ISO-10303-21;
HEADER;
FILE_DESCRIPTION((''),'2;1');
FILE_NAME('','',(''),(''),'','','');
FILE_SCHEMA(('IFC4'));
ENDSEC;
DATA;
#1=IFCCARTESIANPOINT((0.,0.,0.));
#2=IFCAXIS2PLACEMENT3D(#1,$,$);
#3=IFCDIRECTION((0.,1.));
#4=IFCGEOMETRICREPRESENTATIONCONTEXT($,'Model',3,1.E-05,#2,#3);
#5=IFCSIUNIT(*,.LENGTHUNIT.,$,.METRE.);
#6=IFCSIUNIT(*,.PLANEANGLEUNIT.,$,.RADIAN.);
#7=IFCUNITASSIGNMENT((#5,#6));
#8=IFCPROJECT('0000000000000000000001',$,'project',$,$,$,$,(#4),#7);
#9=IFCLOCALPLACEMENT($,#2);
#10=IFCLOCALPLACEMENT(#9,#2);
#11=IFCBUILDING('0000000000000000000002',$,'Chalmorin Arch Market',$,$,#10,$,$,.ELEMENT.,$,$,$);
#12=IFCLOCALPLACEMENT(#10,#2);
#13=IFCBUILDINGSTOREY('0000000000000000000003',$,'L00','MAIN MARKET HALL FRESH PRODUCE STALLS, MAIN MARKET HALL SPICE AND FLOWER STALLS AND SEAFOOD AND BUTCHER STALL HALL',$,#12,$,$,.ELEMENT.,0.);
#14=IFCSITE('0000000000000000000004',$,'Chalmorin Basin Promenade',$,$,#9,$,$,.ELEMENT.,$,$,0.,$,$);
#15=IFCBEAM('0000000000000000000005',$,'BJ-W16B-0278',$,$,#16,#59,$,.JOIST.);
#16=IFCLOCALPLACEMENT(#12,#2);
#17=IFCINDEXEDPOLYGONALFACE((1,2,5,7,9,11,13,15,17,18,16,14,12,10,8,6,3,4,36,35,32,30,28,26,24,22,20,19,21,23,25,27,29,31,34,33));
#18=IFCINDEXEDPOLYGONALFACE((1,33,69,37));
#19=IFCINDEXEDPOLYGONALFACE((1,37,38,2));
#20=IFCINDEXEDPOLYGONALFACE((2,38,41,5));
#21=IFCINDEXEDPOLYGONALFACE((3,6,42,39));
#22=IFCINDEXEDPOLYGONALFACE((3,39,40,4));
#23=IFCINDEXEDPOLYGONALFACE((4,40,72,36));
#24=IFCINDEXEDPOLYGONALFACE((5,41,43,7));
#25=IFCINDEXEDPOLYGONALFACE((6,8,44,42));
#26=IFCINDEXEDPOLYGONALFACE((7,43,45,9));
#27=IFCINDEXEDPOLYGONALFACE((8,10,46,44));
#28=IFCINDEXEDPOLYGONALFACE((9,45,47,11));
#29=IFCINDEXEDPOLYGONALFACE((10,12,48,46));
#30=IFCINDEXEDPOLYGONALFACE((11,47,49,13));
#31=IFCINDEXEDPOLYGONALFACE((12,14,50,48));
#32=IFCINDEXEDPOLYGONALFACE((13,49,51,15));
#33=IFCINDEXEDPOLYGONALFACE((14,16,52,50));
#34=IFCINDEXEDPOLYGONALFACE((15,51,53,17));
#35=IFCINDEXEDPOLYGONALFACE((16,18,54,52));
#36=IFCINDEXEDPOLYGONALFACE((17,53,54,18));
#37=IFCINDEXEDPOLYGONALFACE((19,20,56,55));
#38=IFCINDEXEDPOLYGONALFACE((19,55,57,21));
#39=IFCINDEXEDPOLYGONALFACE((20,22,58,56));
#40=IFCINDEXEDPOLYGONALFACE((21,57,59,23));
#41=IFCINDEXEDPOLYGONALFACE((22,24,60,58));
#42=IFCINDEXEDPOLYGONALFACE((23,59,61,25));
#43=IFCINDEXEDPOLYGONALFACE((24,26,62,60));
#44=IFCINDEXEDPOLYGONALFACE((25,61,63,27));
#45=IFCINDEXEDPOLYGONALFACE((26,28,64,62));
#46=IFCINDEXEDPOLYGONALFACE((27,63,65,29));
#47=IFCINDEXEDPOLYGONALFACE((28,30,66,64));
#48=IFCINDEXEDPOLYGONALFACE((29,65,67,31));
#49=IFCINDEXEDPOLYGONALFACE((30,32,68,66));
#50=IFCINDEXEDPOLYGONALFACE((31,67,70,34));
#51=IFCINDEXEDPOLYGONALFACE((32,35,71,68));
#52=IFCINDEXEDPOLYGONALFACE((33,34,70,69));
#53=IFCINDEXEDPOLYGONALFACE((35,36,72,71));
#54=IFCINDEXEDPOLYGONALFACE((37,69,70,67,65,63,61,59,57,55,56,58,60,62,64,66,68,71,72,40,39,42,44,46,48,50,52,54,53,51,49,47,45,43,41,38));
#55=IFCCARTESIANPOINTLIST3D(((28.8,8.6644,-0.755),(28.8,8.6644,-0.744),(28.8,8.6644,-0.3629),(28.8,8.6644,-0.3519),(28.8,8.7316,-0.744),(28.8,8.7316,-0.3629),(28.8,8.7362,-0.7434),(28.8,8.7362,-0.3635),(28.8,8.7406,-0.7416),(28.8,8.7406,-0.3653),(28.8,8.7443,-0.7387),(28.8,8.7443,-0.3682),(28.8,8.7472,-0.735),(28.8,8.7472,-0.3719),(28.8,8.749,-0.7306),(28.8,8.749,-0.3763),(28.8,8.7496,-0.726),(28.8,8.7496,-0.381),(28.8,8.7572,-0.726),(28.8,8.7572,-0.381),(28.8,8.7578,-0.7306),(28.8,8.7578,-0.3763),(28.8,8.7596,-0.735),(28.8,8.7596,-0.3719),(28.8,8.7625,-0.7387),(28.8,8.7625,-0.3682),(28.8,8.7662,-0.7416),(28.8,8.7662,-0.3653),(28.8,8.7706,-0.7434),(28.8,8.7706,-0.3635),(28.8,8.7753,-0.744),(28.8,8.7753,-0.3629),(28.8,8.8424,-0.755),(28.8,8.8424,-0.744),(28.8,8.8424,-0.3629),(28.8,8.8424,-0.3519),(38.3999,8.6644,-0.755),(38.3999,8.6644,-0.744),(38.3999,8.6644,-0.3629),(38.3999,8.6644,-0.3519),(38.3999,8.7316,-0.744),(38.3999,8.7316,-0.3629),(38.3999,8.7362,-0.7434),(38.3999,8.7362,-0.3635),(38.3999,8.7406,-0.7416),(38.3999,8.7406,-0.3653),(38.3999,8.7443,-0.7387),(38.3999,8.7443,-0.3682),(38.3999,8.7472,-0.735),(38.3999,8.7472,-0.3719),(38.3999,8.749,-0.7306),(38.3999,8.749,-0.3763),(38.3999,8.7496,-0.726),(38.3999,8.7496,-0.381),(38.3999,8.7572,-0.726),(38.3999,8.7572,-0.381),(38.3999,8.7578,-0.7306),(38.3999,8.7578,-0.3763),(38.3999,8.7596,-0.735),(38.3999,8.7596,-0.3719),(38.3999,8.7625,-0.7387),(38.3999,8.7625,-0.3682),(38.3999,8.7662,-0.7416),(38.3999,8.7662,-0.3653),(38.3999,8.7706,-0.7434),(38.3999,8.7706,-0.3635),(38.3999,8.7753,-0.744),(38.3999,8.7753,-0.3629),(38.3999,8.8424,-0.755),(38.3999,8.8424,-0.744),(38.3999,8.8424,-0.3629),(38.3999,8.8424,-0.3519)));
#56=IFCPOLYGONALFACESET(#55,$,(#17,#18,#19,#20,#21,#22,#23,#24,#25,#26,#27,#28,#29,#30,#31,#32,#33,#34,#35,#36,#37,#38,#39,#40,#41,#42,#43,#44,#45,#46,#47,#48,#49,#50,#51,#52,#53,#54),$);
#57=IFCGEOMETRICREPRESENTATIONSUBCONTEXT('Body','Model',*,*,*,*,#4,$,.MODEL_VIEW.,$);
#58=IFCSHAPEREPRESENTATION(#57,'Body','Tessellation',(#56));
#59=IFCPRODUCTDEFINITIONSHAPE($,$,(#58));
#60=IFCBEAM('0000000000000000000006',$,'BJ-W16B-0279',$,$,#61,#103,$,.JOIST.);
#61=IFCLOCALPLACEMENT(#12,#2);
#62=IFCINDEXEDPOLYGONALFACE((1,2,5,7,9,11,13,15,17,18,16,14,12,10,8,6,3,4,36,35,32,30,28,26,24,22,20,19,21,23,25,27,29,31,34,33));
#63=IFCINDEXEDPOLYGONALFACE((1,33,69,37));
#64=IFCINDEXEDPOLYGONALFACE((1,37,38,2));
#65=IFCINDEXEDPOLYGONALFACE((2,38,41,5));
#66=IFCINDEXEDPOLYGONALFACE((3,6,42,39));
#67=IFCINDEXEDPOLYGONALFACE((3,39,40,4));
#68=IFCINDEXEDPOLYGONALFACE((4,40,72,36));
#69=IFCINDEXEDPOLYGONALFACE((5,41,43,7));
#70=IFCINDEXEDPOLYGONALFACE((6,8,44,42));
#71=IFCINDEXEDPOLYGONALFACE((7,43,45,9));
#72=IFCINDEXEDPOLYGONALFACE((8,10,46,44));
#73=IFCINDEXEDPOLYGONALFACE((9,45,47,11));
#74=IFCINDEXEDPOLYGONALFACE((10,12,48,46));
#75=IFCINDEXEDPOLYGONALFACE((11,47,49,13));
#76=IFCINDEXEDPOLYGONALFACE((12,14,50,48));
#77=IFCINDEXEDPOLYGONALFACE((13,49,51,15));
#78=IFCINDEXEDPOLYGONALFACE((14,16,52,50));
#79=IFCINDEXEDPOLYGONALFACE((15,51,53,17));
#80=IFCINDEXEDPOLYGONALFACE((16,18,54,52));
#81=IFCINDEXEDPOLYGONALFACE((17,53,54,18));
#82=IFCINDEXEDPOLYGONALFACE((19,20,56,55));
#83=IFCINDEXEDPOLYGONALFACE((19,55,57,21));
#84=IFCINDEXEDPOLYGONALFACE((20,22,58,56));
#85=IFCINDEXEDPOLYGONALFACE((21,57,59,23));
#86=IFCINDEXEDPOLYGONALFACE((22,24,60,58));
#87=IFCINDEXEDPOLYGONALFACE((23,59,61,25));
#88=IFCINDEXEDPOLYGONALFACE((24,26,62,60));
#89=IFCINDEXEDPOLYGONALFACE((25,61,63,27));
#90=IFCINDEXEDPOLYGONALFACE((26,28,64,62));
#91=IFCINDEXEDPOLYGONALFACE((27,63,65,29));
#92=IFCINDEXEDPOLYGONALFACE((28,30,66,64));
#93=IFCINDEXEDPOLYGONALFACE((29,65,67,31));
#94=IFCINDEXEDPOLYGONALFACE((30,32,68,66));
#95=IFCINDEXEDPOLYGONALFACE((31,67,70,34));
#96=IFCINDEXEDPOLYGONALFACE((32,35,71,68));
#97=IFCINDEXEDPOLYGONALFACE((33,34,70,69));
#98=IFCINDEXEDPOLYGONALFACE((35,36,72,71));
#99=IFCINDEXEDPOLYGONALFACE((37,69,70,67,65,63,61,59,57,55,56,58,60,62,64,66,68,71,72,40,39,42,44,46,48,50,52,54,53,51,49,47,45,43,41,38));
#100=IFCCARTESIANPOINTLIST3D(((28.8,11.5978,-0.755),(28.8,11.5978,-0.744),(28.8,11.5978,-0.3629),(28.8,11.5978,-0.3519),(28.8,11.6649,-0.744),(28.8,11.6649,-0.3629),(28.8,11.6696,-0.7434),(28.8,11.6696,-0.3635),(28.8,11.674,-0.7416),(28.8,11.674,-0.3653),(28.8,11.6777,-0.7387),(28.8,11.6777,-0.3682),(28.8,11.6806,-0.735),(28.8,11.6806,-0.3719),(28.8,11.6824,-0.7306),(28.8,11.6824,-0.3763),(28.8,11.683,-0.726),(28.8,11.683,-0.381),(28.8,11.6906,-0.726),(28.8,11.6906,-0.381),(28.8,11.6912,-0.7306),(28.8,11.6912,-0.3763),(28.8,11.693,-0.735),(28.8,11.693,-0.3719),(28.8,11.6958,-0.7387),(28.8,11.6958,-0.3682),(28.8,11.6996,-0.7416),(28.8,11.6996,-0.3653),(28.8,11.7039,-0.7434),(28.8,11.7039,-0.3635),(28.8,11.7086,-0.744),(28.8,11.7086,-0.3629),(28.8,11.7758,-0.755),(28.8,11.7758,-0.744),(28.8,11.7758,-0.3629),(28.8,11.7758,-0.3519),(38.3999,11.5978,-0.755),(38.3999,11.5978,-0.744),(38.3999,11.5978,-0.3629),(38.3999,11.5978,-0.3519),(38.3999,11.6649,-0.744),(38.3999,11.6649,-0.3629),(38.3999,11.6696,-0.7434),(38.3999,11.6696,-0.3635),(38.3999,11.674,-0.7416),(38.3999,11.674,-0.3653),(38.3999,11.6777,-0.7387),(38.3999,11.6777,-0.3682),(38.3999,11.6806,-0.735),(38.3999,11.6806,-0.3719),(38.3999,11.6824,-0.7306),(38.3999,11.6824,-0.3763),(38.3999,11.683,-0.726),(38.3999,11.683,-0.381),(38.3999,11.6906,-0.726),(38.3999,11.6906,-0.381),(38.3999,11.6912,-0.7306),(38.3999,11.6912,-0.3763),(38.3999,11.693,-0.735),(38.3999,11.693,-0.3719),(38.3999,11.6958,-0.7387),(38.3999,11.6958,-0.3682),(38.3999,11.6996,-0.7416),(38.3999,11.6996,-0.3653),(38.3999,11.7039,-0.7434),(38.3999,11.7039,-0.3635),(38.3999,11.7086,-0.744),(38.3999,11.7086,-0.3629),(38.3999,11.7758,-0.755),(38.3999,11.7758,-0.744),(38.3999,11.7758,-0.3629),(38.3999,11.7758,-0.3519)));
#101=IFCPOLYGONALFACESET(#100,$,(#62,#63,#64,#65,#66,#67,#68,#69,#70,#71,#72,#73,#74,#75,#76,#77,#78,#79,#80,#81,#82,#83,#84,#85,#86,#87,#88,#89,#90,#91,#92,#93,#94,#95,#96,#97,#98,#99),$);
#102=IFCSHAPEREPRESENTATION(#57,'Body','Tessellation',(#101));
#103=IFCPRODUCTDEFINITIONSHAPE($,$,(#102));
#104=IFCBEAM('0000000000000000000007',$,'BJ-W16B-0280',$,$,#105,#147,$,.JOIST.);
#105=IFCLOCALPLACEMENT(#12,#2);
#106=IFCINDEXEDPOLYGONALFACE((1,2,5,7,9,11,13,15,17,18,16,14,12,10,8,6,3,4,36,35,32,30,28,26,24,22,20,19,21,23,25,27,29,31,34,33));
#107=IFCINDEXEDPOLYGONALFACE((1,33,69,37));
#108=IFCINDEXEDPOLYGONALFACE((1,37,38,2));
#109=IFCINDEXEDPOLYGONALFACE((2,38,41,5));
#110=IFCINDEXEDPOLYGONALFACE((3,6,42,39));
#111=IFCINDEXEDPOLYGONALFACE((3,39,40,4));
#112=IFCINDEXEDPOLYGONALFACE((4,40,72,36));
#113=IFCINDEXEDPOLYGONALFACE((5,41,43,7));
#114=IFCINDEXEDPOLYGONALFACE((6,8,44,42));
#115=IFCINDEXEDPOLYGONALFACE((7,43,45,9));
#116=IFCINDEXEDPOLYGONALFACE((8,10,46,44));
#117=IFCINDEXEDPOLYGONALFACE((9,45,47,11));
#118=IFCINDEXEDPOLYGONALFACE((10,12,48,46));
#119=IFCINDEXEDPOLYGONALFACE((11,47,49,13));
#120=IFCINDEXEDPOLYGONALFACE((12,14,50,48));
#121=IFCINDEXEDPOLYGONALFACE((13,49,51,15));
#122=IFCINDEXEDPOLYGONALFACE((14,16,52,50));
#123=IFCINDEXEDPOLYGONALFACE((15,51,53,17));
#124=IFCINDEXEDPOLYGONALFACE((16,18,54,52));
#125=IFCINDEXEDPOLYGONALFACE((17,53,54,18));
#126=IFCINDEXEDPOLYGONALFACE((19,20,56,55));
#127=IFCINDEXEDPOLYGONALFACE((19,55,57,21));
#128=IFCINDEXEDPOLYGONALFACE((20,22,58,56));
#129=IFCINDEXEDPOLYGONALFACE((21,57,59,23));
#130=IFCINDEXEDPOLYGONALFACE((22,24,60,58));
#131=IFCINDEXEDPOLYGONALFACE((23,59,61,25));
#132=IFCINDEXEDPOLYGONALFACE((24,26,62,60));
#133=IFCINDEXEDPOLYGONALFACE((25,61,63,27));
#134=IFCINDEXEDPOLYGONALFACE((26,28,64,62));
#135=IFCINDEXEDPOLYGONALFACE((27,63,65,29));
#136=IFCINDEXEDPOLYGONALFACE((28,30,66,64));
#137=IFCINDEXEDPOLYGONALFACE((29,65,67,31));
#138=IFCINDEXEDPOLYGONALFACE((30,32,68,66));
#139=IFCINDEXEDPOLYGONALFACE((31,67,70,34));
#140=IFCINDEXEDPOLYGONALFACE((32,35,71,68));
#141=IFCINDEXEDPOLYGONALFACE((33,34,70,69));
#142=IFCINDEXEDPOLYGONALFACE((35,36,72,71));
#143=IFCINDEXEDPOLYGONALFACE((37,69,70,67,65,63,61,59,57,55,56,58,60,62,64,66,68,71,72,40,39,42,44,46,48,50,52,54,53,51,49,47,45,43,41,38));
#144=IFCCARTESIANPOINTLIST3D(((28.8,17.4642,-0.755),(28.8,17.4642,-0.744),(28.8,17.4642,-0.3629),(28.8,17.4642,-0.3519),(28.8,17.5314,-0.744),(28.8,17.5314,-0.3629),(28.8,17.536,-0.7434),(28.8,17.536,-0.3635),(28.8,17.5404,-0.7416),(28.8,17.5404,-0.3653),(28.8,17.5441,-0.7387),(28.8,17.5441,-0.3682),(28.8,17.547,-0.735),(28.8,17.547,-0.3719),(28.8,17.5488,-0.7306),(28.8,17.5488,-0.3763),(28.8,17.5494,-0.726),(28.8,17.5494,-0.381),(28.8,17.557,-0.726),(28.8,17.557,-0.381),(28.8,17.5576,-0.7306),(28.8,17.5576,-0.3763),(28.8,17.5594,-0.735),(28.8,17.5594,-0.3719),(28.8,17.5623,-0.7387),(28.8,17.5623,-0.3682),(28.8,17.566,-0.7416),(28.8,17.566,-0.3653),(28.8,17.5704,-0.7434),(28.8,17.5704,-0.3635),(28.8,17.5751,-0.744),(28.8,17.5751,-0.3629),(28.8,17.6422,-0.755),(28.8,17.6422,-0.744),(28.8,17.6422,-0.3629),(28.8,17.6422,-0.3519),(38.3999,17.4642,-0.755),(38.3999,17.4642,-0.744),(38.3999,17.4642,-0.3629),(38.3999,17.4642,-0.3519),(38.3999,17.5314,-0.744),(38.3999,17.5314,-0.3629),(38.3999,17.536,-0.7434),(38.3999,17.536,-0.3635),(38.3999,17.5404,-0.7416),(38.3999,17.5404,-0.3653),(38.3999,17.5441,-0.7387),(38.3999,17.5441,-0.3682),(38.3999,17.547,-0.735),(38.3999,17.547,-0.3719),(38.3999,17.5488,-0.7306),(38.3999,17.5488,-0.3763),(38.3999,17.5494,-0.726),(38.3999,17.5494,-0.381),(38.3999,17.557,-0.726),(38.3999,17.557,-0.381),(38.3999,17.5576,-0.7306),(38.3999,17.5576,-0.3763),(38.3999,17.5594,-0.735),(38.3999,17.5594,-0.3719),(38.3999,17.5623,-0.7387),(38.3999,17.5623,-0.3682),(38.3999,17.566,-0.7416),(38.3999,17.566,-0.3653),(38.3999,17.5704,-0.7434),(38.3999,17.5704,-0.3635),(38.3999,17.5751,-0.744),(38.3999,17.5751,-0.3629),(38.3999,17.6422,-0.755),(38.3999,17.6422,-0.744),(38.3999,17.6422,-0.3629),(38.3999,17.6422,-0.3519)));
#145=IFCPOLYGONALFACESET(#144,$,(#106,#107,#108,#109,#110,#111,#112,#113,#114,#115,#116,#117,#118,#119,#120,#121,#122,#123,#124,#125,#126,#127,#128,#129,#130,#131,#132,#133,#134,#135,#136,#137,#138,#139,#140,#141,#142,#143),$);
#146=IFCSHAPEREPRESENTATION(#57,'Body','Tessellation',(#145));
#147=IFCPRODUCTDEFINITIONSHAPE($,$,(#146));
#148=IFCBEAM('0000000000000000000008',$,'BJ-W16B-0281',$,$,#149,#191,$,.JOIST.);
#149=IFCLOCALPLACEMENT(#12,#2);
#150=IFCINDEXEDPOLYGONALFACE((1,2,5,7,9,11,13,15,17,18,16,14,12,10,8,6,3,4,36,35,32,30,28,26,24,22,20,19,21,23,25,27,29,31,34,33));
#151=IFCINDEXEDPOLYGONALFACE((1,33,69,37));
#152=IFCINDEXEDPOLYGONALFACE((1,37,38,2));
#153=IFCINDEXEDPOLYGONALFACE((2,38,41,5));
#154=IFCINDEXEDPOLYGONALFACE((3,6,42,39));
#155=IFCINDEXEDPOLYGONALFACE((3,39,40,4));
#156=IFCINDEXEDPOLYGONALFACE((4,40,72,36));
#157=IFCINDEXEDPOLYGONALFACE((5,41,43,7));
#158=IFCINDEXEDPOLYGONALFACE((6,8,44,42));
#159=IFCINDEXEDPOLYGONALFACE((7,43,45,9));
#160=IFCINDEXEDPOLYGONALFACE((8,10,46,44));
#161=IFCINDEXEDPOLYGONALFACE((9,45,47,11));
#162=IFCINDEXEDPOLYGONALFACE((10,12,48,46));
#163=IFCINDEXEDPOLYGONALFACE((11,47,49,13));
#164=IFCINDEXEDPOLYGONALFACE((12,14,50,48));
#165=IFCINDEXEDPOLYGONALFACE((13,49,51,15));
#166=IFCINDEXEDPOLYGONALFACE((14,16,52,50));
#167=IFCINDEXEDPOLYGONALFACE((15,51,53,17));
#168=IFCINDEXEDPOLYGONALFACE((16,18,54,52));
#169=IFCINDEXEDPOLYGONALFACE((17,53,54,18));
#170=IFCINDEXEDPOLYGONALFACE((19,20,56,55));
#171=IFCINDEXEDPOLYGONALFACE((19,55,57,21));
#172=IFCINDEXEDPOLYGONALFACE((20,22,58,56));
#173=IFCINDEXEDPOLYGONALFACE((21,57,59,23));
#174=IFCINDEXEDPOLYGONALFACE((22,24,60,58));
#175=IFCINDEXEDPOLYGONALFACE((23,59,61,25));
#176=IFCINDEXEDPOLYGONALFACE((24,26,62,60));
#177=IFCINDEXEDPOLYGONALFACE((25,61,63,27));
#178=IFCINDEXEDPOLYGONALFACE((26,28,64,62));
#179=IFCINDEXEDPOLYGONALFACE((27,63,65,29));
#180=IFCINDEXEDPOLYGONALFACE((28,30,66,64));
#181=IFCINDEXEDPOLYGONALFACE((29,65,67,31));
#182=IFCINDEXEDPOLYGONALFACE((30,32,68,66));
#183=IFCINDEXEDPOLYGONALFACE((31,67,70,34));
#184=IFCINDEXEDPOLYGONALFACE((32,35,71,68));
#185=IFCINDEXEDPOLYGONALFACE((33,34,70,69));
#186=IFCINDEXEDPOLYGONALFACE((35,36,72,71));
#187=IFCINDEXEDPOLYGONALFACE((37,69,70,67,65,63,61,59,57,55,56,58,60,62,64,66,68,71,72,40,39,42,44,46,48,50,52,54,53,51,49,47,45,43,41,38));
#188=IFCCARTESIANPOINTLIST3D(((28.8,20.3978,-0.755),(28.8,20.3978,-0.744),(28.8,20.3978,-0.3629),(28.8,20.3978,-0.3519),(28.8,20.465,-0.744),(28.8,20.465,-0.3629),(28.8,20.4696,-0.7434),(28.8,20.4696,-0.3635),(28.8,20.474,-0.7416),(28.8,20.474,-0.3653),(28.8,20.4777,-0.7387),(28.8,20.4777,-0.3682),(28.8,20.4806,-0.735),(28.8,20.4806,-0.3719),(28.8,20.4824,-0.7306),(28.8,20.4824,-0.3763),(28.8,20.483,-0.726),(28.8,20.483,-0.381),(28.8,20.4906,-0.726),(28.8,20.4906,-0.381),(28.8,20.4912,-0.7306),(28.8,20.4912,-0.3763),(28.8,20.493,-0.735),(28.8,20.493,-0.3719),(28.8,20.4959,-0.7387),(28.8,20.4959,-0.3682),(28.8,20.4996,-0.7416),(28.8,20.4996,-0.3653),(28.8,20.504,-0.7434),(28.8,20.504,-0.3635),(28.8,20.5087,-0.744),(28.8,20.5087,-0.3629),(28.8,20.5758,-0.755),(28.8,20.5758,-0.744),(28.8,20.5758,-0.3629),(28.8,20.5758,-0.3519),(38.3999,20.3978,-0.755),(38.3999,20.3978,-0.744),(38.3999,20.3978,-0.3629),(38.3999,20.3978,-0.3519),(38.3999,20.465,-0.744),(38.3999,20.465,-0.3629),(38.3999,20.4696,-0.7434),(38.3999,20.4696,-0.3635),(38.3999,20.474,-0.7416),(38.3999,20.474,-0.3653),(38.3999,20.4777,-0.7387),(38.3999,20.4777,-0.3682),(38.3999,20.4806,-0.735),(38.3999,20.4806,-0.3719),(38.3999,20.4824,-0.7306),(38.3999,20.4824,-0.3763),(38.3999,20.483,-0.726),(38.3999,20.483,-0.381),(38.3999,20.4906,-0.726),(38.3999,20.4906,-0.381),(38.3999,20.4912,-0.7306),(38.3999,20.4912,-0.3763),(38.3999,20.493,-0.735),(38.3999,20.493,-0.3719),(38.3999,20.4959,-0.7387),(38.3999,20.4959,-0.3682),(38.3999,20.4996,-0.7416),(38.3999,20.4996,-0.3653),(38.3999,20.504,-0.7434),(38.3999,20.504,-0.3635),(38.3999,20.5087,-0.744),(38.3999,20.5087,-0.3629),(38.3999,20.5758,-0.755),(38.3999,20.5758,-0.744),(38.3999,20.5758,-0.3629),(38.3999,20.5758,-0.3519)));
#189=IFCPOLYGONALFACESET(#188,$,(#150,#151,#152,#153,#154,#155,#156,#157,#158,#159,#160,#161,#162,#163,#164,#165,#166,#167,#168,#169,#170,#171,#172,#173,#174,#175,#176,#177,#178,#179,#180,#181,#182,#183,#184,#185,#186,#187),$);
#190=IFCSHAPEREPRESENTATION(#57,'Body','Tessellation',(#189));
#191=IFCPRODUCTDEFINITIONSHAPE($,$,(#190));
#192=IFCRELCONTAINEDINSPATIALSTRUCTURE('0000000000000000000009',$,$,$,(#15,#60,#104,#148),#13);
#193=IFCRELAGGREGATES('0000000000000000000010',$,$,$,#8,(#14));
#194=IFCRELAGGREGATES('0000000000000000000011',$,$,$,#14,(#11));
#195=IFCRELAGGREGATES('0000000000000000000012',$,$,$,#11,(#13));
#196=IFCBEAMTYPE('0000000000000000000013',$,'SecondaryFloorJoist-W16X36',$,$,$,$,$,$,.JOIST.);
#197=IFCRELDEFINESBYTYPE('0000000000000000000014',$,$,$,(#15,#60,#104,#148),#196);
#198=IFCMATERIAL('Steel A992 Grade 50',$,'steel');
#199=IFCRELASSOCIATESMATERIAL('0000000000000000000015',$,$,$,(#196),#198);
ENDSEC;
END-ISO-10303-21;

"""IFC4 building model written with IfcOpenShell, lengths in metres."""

from ifc_helpers import new_model, si_unit, direction, frame, origin, origin_2d, place, context, subcontext, project, spatial, i_section, extrude, material, material_profile, profile_set, type_object, element, save


model = new_model("IFC4")

# Units and contexts
model_context = context("Model", 3, precision=1e-05, world=origin(), true_north=direction((0.0, 1.0)))
body_context = subcontext(model_context, "Body", "Model", "MODEL_VIEW")
ifc_project = project(units=[si_unit("LENGTHUNIT", "METRE"), si_unit("PLANEANGLEUNIT", "RADIAN")], contexts=[model_context])

# Site, building, storey
site_placement = place(None, origin())
site = spatial("IfcSite", under=ifc_project, at=site_placement, Name="Chalmorin Basin Promenade", CompositionType="ELEMENT", RefElevation=0.0)
building_placement = place(site_placement, origin())
building = spatial("IfcBuilding", under=site, at=building_placement, Name="Chalmorin Arch Market", CompositionType="ELEMENT")
storey_placement = place(building_placement, origin())
storey = spatial("IfcBuildingStorey", under=building, at=storey_placement, Name="L00", Description="MAIN MARKET HALL FRESH PRODUCE STALLS, MAIN MARKET HALL SPICE AND FLOWER STALLS AND SEAFOOD AND BUTCHER STALL HALL", CompositionType="ELEMENT", Elevation=0.0)

# Beams
ifc_material_1 = material(Name="Steel A992 Grade 50", Category="steel")
ifc_material_profile_1 = material_profile(ifc_material_1, i_section(OverallWidth=0.178, OverallDepth=0.4031, WebThickness=0.0076, FlangeThickness=0.011, FilletRadius=0.0181, at=origin_2d()), Name="W16X36")
ifc_profile_set_1 = profile_set([ifc_material_profile_1], Name="Steel A992 Grade 50")
beam_type_1 = type_object("IfcBeamType", Name="SecondaryFloorJoist-W16X36", PredefinedType="JOIST", material=ifc_profile_set_1)
for number, where, z_axis, x_axis, name in (
    (1, (28.8, 8.7534, -0.5535), (1.0, 0.0, 0.0), (0.0, 1.0, 0.0), "BJ-W16B-0278"),
    (2, (28.8, 11.6868, -0.5535), (1.0, 0.0, 0.0), (0.0, 1.0, 0.0), "BJ-W16B-0279"),
    (3, (28.8, 17.5532, -0.5535), (1.0, 0.0, 0.0), (0.0, 1.0, 0.0), "BJ-W16B-0280"),
    (4, (28.8, 20.4868, -0.5535), (1.0, 0.0, 0.0), (0.0, 1.0, 0.0), "BJ-W16B-0281"),
):
    element("IfcBeam", number, at=place(storey_placement, frame(where, z_axis=z_axis, x_axis=x_axis)), inside=storey, type_object=beam_type_1, Name=name, PredefinedType="JOIST", context=body_context, shape_type="SweptSolid", body=[
        extrude(i_section(OverallWidth=0.178, OverallDepth=0.4031, WebThickness=0.0076, FlangeThickness=0.011, FilletRadius=0.0181, at=origin_2d()), origin(), (0.0, 0.0, 1.0), 9.5999),
    ])

save(model, "model.ifc")
